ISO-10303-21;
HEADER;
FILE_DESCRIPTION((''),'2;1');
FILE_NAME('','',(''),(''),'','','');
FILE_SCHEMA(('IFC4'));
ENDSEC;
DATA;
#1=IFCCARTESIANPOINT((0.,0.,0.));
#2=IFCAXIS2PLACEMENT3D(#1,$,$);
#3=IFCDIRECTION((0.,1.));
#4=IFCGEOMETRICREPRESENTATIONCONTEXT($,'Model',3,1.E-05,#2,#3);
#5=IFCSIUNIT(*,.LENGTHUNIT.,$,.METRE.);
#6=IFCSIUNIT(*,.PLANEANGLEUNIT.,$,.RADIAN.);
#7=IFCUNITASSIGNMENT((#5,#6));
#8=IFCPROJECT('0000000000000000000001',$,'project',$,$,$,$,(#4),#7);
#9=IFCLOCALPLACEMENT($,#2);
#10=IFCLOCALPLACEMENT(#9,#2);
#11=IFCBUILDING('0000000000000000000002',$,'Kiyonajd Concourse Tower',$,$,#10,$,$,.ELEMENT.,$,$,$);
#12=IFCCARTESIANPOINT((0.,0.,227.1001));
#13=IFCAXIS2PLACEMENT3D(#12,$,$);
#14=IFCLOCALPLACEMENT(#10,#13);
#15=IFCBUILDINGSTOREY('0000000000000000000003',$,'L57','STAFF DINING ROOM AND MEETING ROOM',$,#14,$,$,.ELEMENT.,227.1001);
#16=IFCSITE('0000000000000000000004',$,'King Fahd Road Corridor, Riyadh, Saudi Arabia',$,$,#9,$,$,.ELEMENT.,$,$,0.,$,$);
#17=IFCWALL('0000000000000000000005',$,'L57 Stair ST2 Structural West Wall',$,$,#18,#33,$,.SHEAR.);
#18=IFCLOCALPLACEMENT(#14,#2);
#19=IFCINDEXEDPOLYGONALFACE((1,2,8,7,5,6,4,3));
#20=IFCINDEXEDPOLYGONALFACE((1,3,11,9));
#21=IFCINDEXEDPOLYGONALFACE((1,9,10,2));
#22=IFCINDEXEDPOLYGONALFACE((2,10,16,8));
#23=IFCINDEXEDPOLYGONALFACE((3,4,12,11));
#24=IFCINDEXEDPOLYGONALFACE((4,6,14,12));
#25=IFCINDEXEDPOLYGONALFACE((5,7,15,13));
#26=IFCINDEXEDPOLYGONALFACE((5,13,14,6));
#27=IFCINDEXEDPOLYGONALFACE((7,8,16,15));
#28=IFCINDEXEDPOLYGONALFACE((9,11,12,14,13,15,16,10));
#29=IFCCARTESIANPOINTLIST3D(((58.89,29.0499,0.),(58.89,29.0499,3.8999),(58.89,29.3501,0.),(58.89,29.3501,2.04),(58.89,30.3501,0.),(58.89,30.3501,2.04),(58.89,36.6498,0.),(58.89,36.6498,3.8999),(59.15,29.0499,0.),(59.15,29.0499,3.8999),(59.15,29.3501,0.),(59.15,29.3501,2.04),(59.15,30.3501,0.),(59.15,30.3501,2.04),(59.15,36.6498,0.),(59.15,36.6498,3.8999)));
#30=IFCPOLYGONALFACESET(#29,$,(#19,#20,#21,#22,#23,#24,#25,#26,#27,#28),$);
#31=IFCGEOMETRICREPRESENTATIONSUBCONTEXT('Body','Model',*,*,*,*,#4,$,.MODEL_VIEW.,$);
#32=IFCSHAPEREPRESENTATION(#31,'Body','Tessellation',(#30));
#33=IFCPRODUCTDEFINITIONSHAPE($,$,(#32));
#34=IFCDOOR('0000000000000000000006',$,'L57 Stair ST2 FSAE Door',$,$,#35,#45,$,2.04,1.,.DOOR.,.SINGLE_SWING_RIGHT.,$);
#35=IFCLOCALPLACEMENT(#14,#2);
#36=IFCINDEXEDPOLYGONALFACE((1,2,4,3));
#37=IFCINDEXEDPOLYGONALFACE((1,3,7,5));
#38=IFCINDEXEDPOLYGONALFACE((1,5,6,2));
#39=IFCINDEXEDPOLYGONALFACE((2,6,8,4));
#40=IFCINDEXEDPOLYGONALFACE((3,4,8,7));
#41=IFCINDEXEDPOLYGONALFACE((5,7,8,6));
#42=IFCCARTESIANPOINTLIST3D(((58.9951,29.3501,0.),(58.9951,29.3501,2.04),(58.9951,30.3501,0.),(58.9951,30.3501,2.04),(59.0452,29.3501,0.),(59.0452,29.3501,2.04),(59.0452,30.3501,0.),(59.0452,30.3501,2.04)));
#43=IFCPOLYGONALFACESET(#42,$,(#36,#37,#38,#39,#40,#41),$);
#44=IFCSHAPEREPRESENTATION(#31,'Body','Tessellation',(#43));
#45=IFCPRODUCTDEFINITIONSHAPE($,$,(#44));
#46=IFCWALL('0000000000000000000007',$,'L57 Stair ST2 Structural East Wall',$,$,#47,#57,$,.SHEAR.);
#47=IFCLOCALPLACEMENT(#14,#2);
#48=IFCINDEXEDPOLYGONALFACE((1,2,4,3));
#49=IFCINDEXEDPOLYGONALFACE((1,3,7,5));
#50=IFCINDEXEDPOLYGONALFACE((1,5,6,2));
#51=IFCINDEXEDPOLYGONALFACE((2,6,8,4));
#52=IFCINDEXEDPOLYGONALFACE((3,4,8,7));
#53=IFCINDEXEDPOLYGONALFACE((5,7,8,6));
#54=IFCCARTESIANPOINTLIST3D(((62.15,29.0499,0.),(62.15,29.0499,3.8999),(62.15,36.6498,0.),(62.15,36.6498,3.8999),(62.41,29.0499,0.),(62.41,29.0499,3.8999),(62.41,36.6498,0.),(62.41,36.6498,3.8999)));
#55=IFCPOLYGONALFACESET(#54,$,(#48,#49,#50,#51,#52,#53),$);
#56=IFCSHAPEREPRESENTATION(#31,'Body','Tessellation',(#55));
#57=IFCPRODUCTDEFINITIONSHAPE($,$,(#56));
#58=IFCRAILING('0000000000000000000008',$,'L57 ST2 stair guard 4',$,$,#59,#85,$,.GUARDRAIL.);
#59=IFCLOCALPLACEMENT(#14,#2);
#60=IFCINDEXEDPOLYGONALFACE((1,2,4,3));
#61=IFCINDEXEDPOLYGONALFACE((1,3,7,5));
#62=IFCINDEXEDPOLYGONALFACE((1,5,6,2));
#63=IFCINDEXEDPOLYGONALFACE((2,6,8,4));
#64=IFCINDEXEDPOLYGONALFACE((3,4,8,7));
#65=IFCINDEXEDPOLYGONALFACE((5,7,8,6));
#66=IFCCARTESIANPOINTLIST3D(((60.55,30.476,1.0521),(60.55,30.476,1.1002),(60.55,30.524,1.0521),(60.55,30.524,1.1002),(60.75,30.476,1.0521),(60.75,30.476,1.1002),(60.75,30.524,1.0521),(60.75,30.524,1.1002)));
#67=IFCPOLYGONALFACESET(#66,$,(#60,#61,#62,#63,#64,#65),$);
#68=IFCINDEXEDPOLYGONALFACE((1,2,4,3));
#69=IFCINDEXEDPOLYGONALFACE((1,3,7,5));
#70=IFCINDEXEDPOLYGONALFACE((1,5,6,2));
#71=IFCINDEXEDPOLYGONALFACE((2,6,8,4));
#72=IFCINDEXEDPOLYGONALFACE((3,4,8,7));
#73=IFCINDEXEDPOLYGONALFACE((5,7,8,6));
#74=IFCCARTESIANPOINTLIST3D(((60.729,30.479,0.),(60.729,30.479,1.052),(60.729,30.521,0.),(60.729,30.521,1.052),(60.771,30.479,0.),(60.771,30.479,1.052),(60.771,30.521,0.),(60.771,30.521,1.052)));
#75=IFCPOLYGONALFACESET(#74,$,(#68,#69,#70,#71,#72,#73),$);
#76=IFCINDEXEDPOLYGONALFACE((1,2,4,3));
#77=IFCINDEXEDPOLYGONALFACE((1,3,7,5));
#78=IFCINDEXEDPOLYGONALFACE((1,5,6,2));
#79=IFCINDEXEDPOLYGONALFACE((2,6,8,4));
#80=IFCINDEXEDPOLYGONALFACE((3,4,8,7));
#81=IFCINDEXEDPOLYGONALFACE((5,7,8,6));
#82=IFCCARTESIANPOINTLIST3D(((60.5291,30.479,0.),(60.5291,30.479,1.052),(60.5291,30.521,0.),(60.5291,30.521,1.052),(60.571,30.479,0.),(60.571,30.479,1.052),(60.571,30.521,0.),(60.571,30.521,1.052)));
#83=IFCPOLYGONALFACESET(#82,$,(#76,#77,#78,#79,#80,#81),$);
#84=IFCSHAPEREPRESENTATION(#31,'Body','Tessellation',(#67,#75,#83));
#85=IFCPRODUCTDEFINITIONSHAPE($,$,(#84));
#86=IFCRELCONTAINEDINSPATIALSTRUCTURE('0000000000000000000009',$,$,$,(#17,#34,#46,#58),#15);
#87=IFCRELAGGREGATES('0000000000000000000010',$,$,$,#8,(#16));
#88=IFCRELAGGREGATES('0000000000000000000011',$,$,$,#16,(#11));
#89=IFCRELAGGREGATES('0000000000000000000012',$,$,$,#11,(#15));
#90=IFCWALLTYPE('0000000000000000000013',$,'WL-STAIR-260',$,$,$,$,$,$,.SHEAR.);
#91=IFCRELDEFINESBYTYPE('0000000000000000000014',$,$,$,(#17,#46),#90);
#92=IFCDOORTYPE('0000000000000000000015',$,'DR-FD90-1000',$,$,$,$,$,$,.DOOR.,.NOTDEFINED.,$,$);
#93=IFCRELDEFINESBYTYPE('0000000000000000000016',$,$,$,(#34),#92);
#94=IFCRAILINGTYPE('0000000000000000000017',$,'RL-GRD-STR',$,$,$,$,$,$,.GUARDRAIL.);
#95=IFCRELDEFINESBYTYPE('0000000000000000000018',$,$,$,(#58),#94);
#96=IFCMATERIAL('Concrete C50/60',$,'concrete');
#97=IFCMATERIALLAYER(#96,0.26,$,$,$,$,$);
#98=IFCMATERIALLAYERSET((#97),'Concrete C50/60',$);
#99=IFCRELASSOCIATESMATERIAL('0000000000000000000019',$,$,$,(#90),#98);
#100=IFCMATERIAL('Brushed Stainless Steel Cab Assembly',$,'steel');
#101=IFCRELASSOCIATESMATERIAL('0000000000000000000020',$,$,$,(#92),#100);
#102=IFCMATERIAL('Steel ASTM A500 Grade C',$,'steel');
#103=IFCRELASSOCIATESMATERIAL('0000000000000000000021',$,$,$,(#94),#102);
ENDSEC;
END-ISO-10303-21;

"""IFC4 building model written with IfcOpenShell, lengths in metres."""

from ifc_helpers import new_model, si_unit, direction, frame, frame_2d, origin, origin_2d, place, context, subcontext, project, spatial, rectangle, extrude, material, layer, layer_set, type_object, element, fill, save


model = new_model("IFC4")

# Units and contexts
model_context = context("Model", 3, precision=1e-05, world=origin(), true_north=direction((0.0, 1.0)))
body_context = subcontext(model_context, "Body", "Model", "MODEL_VIEW")
ifc_project = project(units=[si_unit("LENGTHUNIT", "METRE"), si_unit("PLANEANGLEUNIT", "RADIAN")], contexts=[model_context])

# Site, building, storey
site_placement = place(None, origin())
site = spatial("IfcSite", under=ifc_project, at=site_placement, Name="King Fahd Road Corridor, Riyadh, Saudi Arabia", CompositionType="ELEMENT", RefElevation=0.0)
building_placement = place(site_placement, origin())
building = spatial("IfcBuilding", under=site, at=building_placement, Name="Kiyonajd Concourse Tower", CompositionType="ELEMENT")
storey_placement = place(building_placement, frame((0.0, 0.0, 227.1001)))
storey = spatial("IfcBuildingStorey", under=building, at=storey_placement, Name="L57", Description="STAFF DINING ROOM AND MEETING ROOM", CompositionType="ELEMENT", Elevation=227.1001)

# Shared definitions
ifc_material_1 = material(Name="Concrete C50/60", Category="concrete")

# Shared definitions
ifc_layer_1 = layer(ifc_material_1, 0.26)
ifc_layer_set_1 = layer_set([ifc_layer_1], Name="Concrete C50/60")
wall_type_1 = type_object("IfcWallType", Name="WL-STAIR-260", PredefinedType="SHEAR", material=ifc_layer_set_1)

# Wall, opening, door
wall_1_placement = place(storey_placement, frame((59.02, 29.05, 0.0), z_axis=(0.0, 0.0, 1.0), x_axis=(0.0, 1.0, 0.0)))
wall_1 = element("IfcWall", 1, at=wall_1_placement, inside=storey, type_object=wall_type_1, Name="L57 Stair ST2 Structural West Wall", PredefinedType="SHEAR", context=body_context, shape_type="SweptSolid", body=[
    extrude(rectangle(XDim=7.5999, YDim=0.26, at=frame_2d((3.7998, 0.0))), origin(), (0.0, 0.0, 1.0), 3.8999),
])
opening_1_placement = place(wall_1_placement, frame((0.3, 0.0, 0.0)))
opening_1 = element("IfcOpeningElement", 2, at=opening_1_placement, cuts=wall_1, PredefinedType="OPENING", context=body_context, shape_type="SweptSolid", body=[
    extrude(rectangle(XDim=1.0, YDim=2.04, at=frame_2d((0.5, 1.02))), frame((0.0, 0.1399, 0.0), z_axis=(0.0, -1.0, 0.0), x_axis=(1.0, 0.0, 0.0)), (0.0, 0.0, 1.0), 0.28),
])
ifc_material_2 = material(Name="Brushed Stainless Steel Cab Assembly", Category="steel")
door_type = type_object("IfcDoorType", Name="DR-FD90-1000", OperationType="NOTDEFINED", PredefinedType="DOOR", material=ifc_material_2)
door_placement = place(opening_1_placement, origin())
door = element("IfcDoor", 3, at=door_placement, inside=storey, type_object=door_type, Name="L57 Stair ST2 FSAE Door", OperationType="SINGLE_SWING_RIGHT", OverallHeight=2.04, OverallWidth=1.0, PredefinedType="DOOR", context=body_context, shape_type="SweptSolid", body=[
    extrude(rectangle(XDim=1.0, YDim=2.04, at=frame_2d((0.5, 1.02))), frame((0.0, 0.0249, 0.0), z_axis=(0.0, -1.0, 0.0), x_axis=(1.0, 0.0, 0.0)), (0.0, 0.0, 1.0), 0.05),
])
fill(opening_1, door)

# Wall
wall_2_placement = place(storey_placement, frame((62.28, 29.05, 0.0), z_axis=(0.0, 0.0, 1.0), x_axis=(0.0, 1.0, 0.0)))
element("IfcWall", 4, at=wall_2_placement, inside=storey, type_object=wall_type_1, Name="L57 Stair ST2 Structural East Wall", PredefinedType="SHEAR", context=body_context, shape_type="SweptSolid", body=[
    extrude(rectangle(XDim=7.5999, YDim=0.26, at=frame_2d((3.7998, 0.0))), origin(), (0.0, 0.0, 1.0), 3.8999),
])

# Railing
ifc_material_3 = material(Name="Steel ASTM A500 Grade C", Category="steel")
railing_type = type_object("IfcRailingType", Name="RL-GRD-STR", PredefinedType="GUARDRAIL", material=ifc_material_3)
railing_placement = place(storey_placement, frame((60.75, 30.5, 0.0)))
element("IfcRailing", 5, at=railing_placement, inside=storey, type_object=railing_type, Name="L57 ST2 stair guard 4", PredefinedType="GUARDRAIL", context=body_context, shape_type="SweptSolid", body=[
    extrude(rectangle(XDim=0.0481, YDim=0.0481, at=origin_2d()), frame((0.0, 0.0, 1.0762), z_axis=(-1.0, 0.0, 0.0), x_axis=(0.0, -1.0, 0.0)), (0.0, 0.0, 1.0), 0.2),
    extrude(rectangle(XDim=0.042, YDim=0.042, at=origin_2d()), origin(), (0.0, 0.0, 1.0), 1.052),
    extrude(rectangle(XDim=0.042, YDim=0.042, at=origin_2d()), frame((-0.2, 0.0, 0.0)), (0.0, 0.0, 1.0), 1.052),
])

save(model, "model.ifc")
